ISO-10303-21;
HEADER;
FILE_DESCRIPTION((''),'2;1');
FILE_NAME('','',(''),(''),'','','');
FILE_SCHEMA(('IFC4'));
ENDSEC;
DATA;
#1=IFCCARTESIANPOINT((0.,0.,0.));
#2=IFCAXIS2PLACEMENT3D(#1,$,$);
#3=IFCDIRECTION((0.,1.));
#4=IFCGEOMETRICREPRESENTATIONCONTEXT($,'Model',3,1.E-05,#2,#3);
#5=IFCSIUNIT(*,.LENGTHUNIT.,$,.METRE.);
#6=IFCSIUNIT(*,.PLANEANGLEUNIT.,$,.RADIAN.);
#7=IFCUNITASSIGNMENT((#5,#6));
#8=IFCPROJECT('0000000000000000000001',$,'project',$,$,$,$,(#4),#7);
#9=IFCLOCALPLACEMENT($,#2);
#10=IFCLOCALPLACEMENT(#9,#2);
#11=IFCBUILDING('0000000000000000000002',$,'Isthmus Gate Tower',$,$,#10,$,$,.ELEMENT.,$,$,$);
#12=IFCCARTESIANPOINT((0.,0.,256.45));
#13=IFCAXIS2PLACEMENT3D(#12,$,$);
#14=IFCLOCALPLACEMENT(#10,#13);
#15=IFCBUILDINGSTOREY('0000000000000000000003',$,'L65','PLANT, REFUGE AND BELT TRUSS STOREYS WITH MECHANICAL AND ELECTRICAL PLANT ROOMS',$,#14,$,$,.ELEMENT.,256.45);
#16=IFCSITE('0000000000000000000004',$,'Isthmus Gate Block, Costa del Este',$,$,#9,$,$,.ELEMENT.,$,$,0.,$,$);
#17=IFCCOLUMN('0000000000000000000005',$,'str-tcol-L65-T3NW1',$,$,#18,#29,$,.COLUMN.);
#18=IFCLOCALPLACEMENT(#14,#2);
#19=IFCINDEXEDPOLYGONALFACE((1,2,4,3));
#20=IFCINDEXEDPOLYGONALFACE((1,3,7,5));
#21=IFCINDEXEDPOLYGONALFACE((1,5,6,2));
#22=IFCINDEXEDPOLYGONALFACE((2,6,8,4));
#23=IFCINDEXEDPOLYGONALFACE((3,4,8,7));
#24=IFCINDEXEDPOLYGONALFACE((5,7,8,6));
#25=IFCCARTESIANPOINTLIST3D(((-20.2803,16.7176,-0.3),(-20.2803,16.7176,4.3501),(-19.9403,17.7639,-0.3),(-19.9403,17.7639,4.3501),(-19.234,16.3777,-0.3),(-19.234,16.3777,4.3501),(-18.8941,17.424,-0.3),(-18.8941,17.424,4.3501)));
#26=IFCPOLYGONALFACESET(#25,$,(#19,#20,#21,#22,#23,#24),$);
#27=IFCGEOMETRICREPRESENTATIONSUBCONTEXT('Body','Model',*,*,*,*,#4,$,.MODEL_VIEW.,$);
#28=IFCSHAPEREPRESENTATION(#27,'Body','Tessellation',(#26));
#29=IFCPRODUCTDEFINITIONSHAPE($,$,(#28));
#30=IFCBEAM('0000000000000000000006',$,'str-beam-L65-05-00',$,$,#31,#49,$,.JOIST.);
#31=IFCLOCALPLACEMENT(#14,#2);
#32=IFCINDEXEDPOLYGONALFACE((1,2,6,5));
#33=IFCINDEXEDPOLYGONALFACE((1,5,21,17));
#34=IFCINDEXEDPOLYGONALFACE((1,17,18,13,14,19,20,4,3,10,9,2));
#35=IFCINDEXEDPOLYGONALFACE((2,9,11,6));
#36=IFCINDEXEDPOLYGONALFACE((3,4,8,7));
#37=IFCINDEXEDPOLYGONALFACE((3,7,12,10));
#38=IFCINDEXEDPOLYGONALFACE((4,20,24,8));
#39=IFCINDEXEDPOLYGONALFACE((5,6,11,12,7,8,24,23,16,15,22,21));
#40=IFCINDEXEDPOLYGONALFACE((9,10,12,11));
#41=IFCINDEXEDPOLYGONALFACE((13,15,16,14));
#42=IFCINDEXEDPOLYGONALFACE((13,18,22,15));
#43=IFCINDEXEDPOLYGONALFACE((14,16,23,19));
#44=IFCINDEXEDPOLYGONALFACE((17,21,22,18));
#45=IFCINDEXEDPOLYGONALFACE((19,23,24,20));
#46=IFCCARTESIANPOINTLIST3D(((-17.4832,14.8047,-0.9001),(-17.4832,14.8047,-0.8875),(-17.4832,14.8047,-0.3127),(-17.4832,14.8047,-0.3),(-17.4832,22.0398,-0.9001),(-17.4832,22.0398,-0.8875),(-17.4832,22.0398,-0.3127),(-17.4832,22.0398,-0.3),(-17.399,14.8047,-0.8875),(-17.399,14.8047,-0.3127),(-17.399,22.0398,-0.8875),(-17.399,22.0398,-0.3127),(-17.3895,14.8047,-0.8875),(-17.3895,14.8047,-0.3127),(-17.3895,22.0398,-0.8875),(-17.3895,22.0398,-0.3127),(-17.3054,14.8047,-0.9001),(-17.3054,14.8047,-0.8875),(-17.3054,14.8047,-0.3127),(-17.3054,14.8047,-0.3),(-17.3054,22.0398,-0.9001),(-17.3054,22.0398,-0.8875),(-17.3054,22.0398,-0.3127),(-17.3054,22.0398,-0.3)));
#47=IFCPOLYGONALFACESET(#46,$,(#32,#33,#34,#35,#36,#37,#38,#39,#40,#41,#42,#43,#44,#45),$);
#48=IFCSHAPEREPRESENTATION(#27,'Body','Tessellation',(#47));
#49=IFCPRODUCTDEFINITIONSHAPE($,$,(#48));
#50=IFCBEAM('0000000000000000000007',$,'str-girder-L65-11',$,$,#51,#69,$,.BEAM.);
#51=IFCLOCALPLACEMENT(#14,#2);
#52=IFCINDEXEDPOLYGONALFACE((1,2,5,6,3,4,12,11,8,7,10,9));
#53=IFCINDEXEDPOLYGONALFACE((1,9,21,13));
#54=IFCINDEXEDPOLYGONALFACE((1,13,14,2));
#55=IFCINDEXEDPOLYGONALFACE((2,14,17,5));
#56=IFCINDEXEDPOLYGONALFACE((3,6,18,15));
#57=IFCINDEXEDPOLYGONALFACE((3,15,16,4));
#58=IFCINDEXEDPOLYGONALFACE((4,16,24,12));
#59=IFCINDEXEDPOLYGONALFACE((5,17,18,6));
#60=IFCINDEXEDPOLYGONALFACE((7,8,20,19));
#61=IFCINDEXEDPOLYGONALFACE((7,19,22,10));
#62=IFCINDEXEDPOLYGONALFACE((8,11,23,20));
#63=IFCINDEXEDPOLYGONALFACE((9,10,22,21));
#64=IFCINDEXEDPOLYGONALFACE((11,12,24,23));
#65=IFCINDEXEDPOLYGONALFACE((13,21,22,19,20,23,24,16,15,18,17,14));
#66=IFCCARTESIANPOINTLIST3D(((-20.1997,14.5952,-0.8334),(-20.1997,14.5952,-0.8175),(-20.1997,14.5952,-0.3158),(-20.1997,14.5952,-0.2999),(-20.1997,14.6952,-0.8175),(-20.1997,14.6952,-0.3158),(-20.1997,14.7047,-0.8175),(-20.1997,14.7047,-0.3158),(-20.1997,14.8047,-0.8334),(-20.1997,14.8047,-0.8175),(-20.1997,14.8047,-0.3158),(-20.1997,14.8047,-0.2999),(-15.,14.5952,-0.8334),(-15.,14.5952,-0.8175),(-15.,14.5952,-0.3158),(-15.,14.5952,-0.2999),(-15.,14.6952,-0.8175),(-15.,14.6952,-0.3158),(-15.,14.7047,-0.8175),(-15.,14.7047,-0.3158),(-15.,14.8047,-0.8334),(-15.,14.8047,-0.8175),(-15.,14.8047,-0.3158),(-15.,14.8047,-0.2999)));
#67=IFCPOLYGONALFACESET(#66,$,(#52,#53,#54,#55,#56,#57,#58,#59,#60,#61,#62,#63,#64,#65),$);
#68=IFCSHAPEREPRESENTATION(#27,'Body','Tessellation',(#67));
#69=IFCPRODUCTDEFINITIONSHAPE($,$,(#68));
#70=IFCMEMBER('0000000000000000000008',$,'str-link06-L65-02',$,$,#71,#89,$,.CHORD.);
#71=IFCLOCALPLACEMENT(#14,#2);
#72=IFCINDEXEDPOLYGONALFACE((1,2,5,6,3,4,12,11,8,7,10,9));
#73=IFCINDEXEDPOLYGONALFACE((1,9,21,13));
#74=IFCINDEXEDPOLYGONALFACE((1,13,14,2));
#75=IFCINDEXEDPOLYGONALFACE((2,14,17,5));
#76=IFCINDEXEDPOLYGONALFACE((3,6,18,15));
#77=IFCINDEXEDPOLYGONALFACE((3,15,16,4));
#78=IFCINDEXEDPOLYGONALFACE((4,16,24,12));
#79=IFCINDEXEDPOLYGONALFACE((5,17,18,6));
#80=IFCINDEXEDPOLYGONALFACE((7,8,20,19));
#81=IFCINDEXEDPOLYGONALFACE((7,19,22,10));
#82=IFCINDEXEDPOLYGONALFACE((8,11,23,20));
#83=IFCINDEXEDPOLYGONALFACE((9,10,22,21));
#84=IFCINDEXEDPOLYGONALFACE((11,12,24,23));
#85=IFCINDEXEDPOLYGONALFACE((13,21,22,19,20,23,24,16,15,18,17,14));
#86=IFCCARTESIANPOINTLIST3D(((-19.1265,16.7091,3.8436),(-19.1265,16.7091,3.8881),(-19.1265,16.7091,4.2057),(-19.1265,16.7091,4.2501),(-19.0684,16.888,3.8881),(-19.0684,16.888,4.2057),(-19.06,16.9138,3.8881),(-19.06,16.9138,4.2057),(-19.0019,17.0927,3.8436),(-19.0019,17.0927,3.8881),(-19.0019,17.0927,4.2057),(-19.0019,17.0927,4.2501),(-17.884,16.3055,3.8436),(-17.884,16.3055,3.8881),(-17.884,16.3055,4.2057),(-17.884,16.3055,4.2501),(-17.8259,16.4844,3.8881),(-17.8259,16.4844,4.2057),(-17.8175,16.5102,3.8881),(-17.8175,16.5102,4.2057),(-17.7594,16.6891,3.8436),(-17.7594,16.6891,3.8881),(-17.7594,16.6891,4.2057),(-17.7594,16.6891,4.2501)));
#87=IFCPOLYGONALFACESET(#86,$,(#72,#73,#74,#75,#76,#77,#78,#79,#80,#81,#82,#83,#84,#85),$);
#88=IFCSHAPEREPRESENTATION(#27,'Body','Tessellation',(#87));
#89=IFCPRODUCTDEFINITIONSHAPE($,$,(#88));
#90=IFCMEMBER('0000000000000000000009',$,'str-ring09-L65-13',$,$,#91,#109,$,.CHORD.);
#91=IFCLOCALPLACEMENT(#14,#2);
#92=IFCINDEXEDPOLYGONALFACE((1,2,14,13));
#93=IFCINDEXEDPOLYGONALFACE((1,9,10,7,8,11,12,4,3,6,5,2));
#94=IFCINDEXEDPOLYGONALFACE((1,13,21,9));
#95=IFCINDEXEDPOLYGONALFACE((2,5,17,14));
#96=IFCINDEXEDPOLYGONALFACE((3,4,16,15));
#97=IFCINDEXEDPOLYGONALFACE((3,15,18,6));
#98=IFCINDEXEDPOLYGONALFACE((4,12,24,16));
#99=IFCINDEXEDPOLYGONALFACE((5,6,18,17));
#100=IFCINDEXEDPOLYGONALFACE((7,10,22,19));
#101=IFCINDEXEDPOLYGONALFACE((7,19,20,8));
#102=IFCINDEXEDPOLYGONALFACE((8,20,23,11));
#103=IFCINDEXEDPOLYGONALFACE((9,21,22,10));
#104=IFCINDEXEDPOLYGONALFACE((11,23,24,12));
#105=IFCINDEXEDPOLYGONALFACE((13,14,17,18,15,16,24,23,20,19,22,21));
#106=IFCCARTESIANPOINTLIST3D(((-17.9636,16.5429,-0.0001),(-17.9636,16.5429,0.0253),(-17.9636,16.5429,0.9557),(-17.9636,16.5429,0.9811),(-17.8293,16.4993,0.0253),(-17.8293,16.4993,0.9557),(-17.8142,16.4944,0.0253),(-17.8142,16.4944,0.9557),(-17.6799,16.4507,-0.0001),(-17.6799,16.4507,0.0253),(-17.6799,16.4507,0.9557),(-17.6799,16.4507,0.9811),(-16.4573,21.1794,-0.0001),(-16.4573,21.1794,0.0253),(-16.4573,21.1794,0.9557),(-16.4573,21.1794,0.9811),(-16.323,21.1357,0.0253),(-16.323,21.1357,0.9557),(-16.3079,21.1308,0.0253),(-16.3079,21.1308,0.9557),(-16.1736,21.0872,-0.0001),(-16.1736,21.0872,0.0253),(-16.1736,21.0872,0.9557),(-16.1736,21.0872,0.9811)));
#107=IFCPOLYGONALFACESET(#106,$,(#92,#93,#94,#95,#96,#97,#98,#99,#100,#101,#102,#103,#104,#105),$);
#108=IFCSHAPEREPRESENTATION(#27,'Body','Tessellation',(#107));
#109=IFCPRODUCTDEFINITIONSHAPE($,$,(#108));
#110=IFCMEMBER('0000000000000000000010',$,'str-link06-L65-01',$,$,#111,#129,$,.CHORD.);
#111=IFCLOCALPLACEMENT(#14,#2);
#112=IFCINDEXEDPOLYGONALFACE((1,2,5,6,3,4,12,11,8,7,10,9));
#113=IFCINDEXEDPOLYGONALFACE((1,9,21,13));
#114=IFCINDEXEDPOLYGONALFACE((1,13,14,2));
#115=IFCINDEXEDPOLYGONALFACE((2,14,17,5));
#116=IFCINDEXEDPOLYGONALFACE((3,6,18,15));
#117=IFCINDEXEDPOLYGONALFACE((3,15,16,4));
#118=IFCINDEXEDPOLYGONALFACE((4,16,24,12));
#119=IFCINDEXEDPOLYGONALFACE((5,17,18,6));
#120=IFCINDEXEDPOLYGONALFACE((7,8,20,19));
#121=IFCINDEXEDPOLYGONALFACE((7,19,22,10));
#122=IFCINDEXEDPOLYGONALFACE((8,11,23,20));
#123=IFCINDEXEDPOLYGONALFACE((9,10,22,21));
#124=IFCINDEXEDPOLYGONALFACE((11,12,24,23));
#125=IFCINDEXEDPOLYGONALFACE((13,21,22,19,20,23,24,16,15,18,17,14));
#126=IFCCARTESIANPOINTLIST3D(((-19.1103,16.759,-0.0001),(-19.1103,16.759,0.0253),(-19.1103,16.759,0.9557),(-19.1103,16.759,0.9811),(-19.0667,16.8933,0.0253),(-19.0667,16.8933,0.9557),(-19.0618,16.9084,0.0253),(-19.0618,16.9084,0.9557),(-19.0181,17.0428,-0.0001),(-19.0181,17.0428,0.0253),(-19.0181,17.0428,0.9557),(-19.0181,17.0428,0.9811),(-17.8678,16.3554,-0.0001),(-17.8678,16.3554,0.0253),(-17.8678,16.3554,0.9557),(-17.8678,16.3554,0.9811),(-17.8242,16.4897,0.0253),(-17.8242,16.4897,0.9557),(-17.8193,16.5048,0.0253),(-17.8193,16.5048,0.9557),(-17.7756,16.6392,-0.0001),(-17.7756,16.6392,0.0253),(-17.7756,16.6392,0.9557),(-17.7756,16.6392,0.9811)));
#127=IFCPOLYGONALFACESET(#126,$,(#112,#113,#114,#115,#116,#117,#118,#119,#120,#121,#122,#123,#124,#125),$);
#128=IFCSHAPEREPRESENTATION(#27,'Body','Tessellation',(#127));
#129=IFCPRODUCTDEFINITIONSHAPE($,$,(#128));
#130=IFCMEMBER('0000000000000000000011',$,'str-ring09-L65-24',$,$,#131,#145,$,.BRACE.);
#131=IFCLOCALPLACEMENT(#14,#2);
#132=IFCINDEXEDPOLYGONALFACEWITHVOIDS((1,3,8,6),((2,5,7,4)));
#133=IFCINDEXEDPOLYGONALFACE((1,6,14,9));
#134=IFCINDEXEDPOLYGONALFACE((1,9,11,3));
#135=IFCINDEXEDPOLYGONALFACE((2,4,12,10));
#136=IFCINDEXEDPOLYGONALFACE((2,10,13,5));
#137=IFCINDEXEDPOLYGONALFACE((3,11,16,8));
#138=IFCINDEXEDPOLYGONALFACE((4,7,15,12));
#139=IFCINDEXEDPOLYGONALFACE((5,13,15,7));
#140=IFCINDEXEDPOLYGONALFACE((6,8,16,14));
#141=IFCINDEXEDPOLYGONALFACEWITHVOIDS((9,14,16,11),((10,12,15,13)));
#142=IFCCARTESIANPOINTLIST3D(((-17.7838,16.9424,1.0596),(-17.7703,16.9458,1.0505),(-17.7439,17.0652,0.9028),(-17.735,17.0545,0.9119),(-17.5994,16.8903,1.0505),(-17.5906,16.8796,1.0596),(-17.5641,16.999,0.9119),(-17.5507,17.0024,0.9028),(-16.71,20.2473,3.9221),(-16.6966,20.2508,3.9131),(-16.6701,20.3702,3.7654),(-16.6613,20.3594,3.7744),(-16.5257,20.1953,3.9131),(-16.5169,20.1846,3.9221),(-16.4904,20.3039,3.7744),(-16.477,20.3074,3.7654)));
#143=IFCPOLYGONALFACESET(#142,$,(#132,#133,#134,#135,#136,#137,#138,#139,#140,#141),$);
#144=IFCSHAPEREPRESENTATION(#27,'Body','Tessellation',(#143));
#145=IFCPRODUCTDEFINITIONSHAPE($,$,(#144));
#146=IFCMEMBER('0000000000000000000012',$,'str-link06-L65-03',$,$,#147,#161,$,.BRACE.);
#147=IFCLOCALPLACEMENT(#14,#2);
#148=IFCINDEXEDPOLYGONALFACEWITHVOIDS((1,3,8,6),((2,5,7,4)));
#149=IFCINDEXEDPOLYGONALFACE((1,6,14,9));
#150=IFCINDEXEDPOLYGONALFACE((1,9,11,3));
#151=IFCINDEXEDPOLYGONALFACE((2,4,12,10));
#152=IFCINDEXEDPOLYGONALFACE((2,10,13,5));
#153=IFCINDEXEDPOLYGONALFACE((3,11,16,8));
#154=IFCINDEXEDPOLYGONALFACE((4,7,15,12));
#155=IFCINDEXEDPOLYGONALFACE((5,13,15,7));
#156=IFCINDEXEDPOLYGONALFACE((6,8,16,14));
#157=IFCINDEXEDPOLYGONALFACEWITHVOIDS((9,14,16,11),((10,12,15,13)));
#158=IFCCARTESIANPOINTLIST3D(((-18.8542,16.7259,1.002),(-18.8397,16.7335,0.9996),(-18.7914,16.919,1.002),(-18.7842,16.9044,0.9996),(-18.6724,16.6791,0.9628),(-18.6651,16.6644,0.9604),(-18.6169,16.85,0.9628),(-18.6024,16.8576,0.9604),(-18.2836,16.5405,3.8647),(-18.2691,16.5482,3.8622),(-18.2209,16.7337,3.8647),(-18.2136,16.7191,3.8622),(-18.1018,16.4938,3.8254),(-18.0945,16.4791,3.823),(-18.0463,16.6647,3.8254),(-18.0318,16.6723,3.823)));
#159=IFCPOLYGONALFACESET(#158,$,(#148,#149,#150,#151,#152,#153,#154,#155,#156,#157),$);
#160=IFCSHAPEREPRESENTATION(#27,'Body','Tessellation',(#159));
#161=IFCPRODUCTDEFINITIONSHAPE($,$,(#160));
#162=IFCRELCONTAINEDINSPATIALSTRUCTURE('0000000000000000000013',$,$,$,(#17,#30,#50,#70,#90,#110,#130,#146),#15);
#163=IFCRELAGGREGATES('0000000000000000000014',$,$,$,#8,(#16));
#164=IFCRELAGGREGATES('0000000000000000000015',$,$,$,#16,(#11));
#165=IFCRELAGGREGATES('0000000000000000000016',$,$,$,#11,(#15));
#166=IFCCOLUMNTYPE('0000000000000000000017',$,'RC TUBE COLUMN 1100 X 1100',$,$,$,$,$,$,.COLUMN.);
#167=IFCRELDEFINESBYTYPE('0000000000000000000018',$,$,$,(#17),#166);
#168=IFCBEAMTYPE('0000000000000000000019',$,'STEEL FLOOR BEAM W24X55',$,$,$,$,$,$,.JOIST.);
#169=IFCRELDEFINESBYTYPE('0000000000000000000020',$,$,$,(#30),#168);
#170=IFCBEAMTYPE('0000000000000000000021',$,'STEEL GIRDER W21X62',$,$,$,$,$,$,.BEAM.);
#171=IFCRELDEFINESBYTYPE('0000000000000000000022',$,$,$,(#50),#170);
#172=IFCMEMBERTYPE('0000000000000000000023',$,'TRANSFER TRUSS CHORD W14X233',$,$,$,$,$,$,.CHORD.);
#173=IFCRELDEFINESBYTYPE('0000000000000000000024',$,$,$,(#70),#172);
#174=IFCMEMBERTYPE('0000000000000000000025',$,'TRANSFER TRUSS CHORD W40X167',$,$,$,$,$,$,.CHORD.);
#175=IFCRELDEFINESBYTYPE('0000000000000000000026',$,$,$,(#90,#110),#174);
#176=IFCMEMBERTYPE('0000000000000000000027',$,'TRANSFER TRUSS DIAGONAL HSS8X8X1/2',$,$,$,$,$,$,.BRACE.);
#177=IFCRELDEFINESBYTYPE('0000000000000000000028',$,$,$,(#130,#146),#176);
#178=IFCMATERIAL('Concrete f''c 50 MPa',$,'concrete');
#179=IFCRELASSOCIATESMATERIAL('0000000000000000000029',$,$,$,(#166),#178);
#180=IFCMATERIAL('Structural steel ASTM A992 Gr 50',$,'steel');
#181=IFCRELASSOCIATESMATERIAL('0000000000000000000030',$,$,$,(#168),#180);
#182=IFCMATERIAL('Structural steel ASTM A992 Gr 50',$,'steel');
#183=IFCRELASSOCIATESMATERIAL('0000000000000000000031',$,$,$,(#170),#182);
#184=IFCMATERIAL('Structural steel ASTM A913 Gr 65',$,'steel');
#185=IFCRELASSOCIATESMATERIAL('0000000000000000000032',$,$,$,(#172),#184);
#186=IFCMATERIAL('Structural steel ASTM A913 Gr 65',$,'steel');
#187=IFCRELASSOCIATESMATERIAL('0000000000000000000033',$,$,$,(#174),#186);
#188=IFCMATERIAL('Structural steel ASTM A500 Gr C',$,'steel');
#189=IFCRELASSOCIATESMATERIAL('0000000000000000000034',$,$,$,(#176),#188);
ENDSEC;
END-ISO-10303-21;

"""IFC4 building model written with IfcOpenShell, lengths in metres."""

from ifc_helpers import new_model, si_unit, direction, frame, origin, origin_2d, place, context, subcontext, project, spatial, rectangle, hollow_rectangle, i_section, extrude, material, material_profile, profile_set, type_object, element, save


model = new_model("IFC4")

# Units and contexts
model_context = context("Model", 3, precision=1e-05, world=origin(), true_north=direction((0.0, 1.0)))
body_context = subcontext(model_context, "Body", "Model", "MODEL_VIEW")
ifc_project = project(units=[si_unit("LENGTHUNIT", "METRE"), si_unit("PLANEANGLEUNIT", "RADIAN")], contexts=[model_context])

# Site, building, storey
site_placement = place(None, origin())
site = spatial("IfcSite", under=ifc_project, at=site_placement, Name="Isthmus Gate Block, Costa del Este", CompositionType="ELEMENT", RefElevation=0.0)
building_placement = place(site_placement, origin())
building = spatial("IfcBuilding", under=site, at=building_placement, Name="Isthmus Gate Tower", CompositionType="ELEMENT")
storey_placement = place(building_placement, frame((0.0, 0.0, 256.45)))
storey = spatial("IfcBuildingStorey", under=building, at=storey_placement, Name="L65", Description="PLANT, REFUGE AND BELT TRUSS STOREYS WITH MECHANICAL AND ELECTRICAL PLANT ROOMS", CompositionType="ELEMENT", Elevation=256.45)

# Column
ifc_material_1 = material(Name="Concrete f'c 50 MPa", Category="concrete")
ifc_material_profile_1 = material_profile(ifc_material_1, rectangle(XDim=1.1001, YDim=1.1001, at=origin_2d()), Name="RC 1100X1100")
ifc_profile_set_1 = profile_set([ifc_material_profile_1], Name="Concrete f'c 50 MPa")
column_type = type_object("IfcColumnType", Name="RC TUBE COLUMN 1100 X 1100", PredefinedType="COLUMN", material=ifc_profile_set_1)
column_placement = place(storey_placement, frame((-19.5872, 17.0708, -0.3), z_axis=(0.0, 0.0, 1.0), x_axis=(-0.309017, -0.951057, 0.0)))
element("IfcColumn", 1, at=column_placement, inside=storey, type_object=column_type, Name="str-tcol-L65-T3NW1", PredefinedType="COLUMN", context=body_context, shape_type="SweptSolid", body=[
    extrude(rectangle(XDim=1.1001, YDim=1.1001, at=origin_2d()), origin(), (0.0, 0.0, 1.0), 4.6501),
])

# Beams
ifc_material_2 = material(Name="Structural steel ASTM A992 Gr 50", Category="steel")
ifc_material_profile_2 = material_profile(ifc_material_2, i_section(OverallWidth=0.1777, OverallDepth=0.6001, WebThickness=0.0095, FlangeThickness=0.0127, at=origin_2d()), Name="W24X55")
ifc_profile_set_2 = profile_set([ifc_material_profile_2], Name="Structural steel ASTM A992 Gr 50")
beam_type_1 = type_object("IfcBeamType", Name="STEEL FLOOR BEAM W24X55", PredefinedType="JOIST", material=ifc_profile_set_2)
beam_1_placement = place(storey_placement, frame((-17.3943, 14.8047, -0.6001), z_axis=(0.0, 1.0, 0.0), x_axis=(-1.0, 0.0, 0.0)))
element("IfcBeam", 2, at=beam_1_placement, inside=storey, type_object=beam_type_1, Name="str-beam-L65-05-00", PredefinedType="JOIST", context=body_context, shape_type="SweptSolid", body=[
    extrude(i_section(OverallWidth=0.1777, OverallDepth=0.6001, WebThickness=0.0095, FlangeThickness=0.0127, at=origin_2d()), origin(), (0.0, 0.0, 1.0), 7.2351),
])
ifc_material_3 = material(Name="Structural steel ASTM A992 Gr 50", Category="steel")
ifc_material_profile_3 = material_profile(ifc_material_3, i_section(OverallWidth=0.2095, OverallDepth=0.5334, WebThickness=0.0095, FlangeThickness=0.0159, at=origin_2d()), Name="W21X62")
ifc_profile_set_3 = profile_set([ifc_material_profile_3], Name="Structural steel ASTM A992 Gr 50")
beam_type_2 = type_object("IfcBeamType", Name="STEEL GIRDER W21X62", PredefinedType="BEAM", material=ifc_profile_set_3)
beam_2_placement = place(storey_placement, frame((-15.0, 14.7, -0.5667), z_axis=(-1.0, 0.0, 0.0), x_axis=(0.0, -1.0, 0.0)))
element("IfcBeam", 3, at=beam_2_placement, inside=storey, type_object=beam_type_2, Name="str-girder-L65-11", PredefinedType="BEAM", context=body_context, shape_type="SweptSolid", body=[
    extrude(i_section(OverallWidth=0.2095, OverallDepth=0.5334, WebThickness=0.0095, FlangeThickness=0.0159, at=origin_2d()), origin(), (0.0, 0.0, 1.0), 5.1997),
])

# Members
ifc_material_4 = material(Name="Structural steel ASTM A913 Gr 65", Category="steel")
ifc_material_profile_4 = material_profile(ifc_material_4, i_section(OverallWidth=0.4033, OverallDepth=0.4065, WebThickness=0.0271, FlangeThickness=0.0444, at=origin_2d()), Name="W14X233")
ifc_profile_set_4 = profile_set([ifc_material_profile_4], Name="Structural steel ASTM A913 Gr 65")
member_type_1 = type_object("IfcMemberType", Name="TRANSFER TRUSS CHORD W14X233", PredefinedType="CHORD", material=ifc_profile_set_4)
member_1_placement = place(storey_placement, frame((-19.0642, 16.9009, 4.0469), z_axis=(0.951085, -0.30893, 0.0), x_axis=(0.30893, 0.951085, 0.0)))
element("IfcMember", 4, at=member_1_placement, inside=storey, type_object=member_type_1, Name="str-link06-L65-02", PredefinedType="CHORD", context=body_context, shape_type="SweptSolid", body=[
    extrude(i_section(OverallWidth=0.4033, OverallDepth=0.4065, WebThickness=0.0271, FlangeThickness=0.0444, at=origin_2d()), origin(), (0.0, 0.0, 1.0), 1.3064),
])
ifc_material_5 = material(Name="Structural steel ASTM A913 Gr 65", Category="steel")
ifc_material_profile_5 = material_profile(ifc_material_5, i_section(OverallWidth=0.2983, OverallDepth=0.9812, WebThickness=0.0159, FlangeThickness=0.0254, at=origin_2d()), Name="W40X167")
ifc_profile_set_5 = profile_set([ifc_material_profile_5], Name="Structural steel ASTM A913 Gr 65")
member_type_2 = type_object("IfcMemberType", Name="TRANSFER TRUSS CHORD W40X167", PredefinedType="CHORD", material=ifc_profile_set_5)
member_2_placement = place(storey_placement, frame((-17.8218, 16.4968, 0.4905), z_axis=(0.308992, 0.951065, 0.0), x_axis=(-0.951065, 0.308992, 0.0)))
element("IfcMember", 5, at=member_2_placement, inside=storey, type_object=member_type_2, Name="str-ring09-L65-13", PredefinedType="CHORD", context=body_context, shape_type="SweptSolid", body=[
    extrude(i_section(OverallWidth=0.2983, OverallDepth=0.9812, WebThickness=0.0159, FlangeThickness=0.0254, at=origin_2d()), origin(), (0.0, 0.0, 1.0), 4.875),
])
member_3_placement = place(storey_placement, frame((-19.0642, 16.9009, 0.4905), z_axis=(0.951085, -0.30893, 0.0), x_axis=(0.30893, 0.951085, 0.0)))
element("IfcMember", 6, at=member_3_placement, inside=storey, type_object=member_type_2, Name="str-link06-L65-01", PredefinedType="CHORD", context=body_context, shape_type="SweptSolid", body=[
    extrude(i_section(OverallWidth=0.2983, OverallDepth=0.9812, WebThickness=0.0159, FlangeThickness=0.0254, at=origin_2d()), origin(), (0.0, 0.0, 1.0), 1.3064),
])
ifc_material_6 = material(Name="Structural steel ASTM A500 Gr C", Category="steel")
ifc_material_profile_6 = material_profile(ifc_material_6, hollow_rectangle(XDim=0.2031, YDim=0.2031, WallThickness=0.0117, at=origin_2d()), Name="HSS8X8X1/2")
ifc_profile_set_6 = profile_set([ifc_material_profile_6], Name="Structural steel ASTM A500 Gr C")
member_type_3 = type_object("IfcMemberType", Name="TRANSFER TRUSS DIAGONAL HSS8X8X1/2", PredefinedType="BRACE", material=ifc_profile_set_6)
member_4_placement = place(storey_placement, frame((-17.6672, 16.9724, 0.9812), z_axis=(0.238491, 0.734073, 0.635813), x_axis=(-0.951066, 0.308989, 0.0)))
element("IfcMember", 7, at=member_4_placement, inside=storey, type_object=member_type_3, Name="str-ring09-L65-24", PredefinedType="BRACE", context=body_context, shape_type="SweptSolid", body=[
    extrude(hollow_rectangle(XDim=0.2031, YDim=0.2031, WallThickness=0.0117, at=origin_2d()), origin(), (0.0, 0.0, 1.0), 4.5022),
])
member_5_placement = place(storey_placement, frame((-18.7283, 16.7917, 0.9812), z_axis=(0.19508, -0.063357, 0.978739), x_axis=(0.308893, 0.951097, 0.0)))
element("IfcMember", 8, at=member_5_placement, inside=storey, type_object=member_type_3, Name="str-link06-L65-03", PredefinedType="BRACE", context=body_context, shape_type="SweptSolid", body=[
    extrude(hollow_rectangle(XDim=0.2031, YDim=0.2031, WallThickness=0.0117, at=origin_2d()), origin(), (0.0, 0.0, 1.0), 2.9248),
])

save(model, "model.ifc")
